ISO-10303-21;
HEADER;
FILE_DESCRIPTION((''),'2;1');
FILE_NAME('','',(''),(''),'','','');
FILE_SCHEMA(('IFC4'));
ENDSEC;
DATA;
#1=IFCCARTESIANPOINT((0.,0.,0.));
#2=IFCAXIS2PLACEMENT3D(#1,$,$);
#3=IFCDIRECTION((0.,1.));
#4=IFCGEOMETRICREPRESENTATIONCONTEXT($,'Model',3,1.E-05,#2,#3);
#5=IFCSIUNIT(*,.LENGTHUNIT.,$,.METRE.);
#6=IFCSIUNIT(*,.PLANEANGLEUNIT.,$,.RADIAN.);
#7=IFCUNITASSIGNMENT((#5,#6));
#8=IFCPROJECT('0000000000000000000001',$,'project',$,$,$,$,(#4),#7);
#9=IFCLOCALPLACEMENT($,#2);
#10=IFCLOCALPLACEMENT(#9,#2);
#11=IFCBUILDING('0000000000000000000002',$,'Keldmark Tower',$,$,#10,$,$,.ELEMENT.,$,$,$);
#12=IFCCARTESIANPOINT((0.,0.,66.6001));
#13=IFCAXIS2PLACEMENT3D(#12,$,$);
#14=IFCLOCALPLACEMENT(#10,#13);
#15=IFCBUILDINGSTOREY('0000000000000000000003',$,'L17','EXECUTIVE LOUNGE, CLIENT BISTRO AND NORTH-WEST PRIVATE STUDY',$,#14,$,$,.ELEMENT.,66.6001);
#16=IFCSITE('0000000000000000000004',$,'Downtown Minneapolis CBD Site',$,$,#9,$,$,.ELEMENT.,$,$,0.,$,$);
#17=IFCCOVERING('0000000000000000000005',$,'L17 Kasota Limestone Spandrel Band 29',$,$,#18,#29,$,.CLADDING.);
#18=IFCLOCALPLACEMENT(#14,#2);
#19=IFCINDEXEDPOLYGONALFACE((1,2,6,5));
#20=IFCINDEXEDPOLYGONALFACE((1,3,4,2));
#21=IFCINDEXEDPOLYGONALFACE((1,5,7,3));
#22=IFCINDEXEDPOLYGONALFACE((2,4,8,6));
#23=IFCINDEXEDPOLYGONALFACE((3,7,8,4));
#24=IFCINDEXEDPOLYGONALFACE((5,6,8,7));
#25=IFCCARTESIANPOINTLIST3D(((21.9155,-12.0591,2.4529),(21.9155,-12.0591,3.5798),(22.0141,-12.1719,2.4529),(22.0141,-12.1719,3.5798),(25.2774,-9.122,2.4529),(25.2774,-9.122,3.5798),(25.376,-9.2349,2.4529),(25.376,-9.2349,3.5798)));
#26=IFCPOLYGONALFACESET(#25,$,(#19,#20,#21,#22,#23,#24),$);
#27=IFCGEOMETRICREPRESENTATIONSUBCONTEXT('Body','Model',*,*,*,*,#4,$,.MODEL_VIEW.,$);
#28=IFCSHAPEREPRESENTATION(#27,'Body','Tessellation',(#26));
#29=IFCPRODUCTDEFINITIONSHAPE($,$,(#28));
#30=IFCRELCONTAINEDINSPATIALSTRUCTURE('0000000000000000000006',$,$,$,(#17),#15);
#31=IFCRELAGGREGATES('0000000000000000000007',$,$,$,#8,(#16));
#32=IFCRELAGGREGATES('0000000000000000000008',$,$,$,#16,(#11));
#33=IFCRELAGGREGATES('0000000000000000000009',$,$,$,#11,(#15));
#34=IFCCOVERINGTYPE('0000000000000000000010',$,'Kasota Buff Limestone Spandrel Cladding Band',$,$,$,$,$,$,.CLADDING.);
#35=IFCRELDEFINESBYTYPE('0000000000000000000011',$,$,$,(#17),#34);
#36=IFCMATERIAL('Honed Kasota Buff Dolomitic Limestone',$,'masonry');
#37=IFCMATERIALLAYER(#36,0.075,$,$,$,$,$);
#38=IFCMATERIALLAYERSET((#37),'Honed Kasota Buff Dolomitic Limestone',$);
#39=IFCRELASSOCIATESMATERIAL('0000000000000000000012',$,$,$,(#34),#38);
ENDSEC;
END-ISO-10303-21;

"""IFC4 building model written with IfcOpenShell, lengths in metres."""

from ifc_helpers import new_model, si_unit, direction, frame, origin, origin_2d, place, context, subcontext, project, spatial, rectangle, extrude, material, layer, layer_set, type_object, element, save


model = new_model("IFC4")

# Units and contexts
model_context = context("Model", 3, precision=1e-05, world=origin(), true_north=direction((0.0, 1.0)))
body_context = subcontext(model_context, "Body", "Model", "MODEL_VIEW")
ifc_project = project(units=[si_unit("LENGTHUNIT", "METRE"), si_unit("PLANEANGLEUNIT", "RADIAN")], contexts=[model_context])

# Site, building, storey
site_placement = place(None, origin())
site = spatial("IfcSite", under=ifc_project, at=site_placement, Name="Downtown Minneapolis CBD Site", CompositionType="ELEMENT", RefElevation=0.0)
building_placement = place(site_placement, origin())
building = spatial("IfcBuilding", under=site, at=building_placement, Name="Keldmark Tower", CompositionType="ELEMENT")
storey_placement = place(building_placement, frame((0.0, 0.0, 66.6001)))
storey = spatial("IfcBuildingStorey", under=building, at=storey_placement, Name="L17", Description="EXECUTIVE LOUNGE, CLIENT BISTRO AND NORTH-WEST PRIVATE STUDY", CompositionType="ELEMENT", Elevation=66.6001)

# Covering
ifc_material_1 = material(Name="Honed Kasota Buff Dolomitic Limestone", Category="masonry")
ifc_layer_1 = layer(ifc_material_1, 0.075)
ifc_layer_set_1 = layer_set([ifc_layer_1], Name="Honed Kasota Buff Dolomitic Limestone")
covering_type = type_object("IfcCoveringType", Name="Kasota Buff Limestone Spandrel Cladding Band", PredefinedType="CLADDING", material=ifc_layer_set_1)
covering_placement = place(storey_placement, frame((23.6458, -10.647, 2.4529), z_axis=(0.0, 0.0, 1.0), x_axis=(0.753081, 0.657927, 0.0)))
element("IfcCovering", 1, at=covering_placement, inside=storey, type_object=covering_type, Name="L17 Kasota Limestone Spandrel Band 29", PredefinedType="CLADDING", context=body_context, shape_type="SweptSolid", body=[
    extrude(rectangle(XDim=4.4641, YDim=0.1499, at=origin_2d()), origin(), (0.0, 0.0, 1.0), 1.127),
])

save(model, "model.ifc")
